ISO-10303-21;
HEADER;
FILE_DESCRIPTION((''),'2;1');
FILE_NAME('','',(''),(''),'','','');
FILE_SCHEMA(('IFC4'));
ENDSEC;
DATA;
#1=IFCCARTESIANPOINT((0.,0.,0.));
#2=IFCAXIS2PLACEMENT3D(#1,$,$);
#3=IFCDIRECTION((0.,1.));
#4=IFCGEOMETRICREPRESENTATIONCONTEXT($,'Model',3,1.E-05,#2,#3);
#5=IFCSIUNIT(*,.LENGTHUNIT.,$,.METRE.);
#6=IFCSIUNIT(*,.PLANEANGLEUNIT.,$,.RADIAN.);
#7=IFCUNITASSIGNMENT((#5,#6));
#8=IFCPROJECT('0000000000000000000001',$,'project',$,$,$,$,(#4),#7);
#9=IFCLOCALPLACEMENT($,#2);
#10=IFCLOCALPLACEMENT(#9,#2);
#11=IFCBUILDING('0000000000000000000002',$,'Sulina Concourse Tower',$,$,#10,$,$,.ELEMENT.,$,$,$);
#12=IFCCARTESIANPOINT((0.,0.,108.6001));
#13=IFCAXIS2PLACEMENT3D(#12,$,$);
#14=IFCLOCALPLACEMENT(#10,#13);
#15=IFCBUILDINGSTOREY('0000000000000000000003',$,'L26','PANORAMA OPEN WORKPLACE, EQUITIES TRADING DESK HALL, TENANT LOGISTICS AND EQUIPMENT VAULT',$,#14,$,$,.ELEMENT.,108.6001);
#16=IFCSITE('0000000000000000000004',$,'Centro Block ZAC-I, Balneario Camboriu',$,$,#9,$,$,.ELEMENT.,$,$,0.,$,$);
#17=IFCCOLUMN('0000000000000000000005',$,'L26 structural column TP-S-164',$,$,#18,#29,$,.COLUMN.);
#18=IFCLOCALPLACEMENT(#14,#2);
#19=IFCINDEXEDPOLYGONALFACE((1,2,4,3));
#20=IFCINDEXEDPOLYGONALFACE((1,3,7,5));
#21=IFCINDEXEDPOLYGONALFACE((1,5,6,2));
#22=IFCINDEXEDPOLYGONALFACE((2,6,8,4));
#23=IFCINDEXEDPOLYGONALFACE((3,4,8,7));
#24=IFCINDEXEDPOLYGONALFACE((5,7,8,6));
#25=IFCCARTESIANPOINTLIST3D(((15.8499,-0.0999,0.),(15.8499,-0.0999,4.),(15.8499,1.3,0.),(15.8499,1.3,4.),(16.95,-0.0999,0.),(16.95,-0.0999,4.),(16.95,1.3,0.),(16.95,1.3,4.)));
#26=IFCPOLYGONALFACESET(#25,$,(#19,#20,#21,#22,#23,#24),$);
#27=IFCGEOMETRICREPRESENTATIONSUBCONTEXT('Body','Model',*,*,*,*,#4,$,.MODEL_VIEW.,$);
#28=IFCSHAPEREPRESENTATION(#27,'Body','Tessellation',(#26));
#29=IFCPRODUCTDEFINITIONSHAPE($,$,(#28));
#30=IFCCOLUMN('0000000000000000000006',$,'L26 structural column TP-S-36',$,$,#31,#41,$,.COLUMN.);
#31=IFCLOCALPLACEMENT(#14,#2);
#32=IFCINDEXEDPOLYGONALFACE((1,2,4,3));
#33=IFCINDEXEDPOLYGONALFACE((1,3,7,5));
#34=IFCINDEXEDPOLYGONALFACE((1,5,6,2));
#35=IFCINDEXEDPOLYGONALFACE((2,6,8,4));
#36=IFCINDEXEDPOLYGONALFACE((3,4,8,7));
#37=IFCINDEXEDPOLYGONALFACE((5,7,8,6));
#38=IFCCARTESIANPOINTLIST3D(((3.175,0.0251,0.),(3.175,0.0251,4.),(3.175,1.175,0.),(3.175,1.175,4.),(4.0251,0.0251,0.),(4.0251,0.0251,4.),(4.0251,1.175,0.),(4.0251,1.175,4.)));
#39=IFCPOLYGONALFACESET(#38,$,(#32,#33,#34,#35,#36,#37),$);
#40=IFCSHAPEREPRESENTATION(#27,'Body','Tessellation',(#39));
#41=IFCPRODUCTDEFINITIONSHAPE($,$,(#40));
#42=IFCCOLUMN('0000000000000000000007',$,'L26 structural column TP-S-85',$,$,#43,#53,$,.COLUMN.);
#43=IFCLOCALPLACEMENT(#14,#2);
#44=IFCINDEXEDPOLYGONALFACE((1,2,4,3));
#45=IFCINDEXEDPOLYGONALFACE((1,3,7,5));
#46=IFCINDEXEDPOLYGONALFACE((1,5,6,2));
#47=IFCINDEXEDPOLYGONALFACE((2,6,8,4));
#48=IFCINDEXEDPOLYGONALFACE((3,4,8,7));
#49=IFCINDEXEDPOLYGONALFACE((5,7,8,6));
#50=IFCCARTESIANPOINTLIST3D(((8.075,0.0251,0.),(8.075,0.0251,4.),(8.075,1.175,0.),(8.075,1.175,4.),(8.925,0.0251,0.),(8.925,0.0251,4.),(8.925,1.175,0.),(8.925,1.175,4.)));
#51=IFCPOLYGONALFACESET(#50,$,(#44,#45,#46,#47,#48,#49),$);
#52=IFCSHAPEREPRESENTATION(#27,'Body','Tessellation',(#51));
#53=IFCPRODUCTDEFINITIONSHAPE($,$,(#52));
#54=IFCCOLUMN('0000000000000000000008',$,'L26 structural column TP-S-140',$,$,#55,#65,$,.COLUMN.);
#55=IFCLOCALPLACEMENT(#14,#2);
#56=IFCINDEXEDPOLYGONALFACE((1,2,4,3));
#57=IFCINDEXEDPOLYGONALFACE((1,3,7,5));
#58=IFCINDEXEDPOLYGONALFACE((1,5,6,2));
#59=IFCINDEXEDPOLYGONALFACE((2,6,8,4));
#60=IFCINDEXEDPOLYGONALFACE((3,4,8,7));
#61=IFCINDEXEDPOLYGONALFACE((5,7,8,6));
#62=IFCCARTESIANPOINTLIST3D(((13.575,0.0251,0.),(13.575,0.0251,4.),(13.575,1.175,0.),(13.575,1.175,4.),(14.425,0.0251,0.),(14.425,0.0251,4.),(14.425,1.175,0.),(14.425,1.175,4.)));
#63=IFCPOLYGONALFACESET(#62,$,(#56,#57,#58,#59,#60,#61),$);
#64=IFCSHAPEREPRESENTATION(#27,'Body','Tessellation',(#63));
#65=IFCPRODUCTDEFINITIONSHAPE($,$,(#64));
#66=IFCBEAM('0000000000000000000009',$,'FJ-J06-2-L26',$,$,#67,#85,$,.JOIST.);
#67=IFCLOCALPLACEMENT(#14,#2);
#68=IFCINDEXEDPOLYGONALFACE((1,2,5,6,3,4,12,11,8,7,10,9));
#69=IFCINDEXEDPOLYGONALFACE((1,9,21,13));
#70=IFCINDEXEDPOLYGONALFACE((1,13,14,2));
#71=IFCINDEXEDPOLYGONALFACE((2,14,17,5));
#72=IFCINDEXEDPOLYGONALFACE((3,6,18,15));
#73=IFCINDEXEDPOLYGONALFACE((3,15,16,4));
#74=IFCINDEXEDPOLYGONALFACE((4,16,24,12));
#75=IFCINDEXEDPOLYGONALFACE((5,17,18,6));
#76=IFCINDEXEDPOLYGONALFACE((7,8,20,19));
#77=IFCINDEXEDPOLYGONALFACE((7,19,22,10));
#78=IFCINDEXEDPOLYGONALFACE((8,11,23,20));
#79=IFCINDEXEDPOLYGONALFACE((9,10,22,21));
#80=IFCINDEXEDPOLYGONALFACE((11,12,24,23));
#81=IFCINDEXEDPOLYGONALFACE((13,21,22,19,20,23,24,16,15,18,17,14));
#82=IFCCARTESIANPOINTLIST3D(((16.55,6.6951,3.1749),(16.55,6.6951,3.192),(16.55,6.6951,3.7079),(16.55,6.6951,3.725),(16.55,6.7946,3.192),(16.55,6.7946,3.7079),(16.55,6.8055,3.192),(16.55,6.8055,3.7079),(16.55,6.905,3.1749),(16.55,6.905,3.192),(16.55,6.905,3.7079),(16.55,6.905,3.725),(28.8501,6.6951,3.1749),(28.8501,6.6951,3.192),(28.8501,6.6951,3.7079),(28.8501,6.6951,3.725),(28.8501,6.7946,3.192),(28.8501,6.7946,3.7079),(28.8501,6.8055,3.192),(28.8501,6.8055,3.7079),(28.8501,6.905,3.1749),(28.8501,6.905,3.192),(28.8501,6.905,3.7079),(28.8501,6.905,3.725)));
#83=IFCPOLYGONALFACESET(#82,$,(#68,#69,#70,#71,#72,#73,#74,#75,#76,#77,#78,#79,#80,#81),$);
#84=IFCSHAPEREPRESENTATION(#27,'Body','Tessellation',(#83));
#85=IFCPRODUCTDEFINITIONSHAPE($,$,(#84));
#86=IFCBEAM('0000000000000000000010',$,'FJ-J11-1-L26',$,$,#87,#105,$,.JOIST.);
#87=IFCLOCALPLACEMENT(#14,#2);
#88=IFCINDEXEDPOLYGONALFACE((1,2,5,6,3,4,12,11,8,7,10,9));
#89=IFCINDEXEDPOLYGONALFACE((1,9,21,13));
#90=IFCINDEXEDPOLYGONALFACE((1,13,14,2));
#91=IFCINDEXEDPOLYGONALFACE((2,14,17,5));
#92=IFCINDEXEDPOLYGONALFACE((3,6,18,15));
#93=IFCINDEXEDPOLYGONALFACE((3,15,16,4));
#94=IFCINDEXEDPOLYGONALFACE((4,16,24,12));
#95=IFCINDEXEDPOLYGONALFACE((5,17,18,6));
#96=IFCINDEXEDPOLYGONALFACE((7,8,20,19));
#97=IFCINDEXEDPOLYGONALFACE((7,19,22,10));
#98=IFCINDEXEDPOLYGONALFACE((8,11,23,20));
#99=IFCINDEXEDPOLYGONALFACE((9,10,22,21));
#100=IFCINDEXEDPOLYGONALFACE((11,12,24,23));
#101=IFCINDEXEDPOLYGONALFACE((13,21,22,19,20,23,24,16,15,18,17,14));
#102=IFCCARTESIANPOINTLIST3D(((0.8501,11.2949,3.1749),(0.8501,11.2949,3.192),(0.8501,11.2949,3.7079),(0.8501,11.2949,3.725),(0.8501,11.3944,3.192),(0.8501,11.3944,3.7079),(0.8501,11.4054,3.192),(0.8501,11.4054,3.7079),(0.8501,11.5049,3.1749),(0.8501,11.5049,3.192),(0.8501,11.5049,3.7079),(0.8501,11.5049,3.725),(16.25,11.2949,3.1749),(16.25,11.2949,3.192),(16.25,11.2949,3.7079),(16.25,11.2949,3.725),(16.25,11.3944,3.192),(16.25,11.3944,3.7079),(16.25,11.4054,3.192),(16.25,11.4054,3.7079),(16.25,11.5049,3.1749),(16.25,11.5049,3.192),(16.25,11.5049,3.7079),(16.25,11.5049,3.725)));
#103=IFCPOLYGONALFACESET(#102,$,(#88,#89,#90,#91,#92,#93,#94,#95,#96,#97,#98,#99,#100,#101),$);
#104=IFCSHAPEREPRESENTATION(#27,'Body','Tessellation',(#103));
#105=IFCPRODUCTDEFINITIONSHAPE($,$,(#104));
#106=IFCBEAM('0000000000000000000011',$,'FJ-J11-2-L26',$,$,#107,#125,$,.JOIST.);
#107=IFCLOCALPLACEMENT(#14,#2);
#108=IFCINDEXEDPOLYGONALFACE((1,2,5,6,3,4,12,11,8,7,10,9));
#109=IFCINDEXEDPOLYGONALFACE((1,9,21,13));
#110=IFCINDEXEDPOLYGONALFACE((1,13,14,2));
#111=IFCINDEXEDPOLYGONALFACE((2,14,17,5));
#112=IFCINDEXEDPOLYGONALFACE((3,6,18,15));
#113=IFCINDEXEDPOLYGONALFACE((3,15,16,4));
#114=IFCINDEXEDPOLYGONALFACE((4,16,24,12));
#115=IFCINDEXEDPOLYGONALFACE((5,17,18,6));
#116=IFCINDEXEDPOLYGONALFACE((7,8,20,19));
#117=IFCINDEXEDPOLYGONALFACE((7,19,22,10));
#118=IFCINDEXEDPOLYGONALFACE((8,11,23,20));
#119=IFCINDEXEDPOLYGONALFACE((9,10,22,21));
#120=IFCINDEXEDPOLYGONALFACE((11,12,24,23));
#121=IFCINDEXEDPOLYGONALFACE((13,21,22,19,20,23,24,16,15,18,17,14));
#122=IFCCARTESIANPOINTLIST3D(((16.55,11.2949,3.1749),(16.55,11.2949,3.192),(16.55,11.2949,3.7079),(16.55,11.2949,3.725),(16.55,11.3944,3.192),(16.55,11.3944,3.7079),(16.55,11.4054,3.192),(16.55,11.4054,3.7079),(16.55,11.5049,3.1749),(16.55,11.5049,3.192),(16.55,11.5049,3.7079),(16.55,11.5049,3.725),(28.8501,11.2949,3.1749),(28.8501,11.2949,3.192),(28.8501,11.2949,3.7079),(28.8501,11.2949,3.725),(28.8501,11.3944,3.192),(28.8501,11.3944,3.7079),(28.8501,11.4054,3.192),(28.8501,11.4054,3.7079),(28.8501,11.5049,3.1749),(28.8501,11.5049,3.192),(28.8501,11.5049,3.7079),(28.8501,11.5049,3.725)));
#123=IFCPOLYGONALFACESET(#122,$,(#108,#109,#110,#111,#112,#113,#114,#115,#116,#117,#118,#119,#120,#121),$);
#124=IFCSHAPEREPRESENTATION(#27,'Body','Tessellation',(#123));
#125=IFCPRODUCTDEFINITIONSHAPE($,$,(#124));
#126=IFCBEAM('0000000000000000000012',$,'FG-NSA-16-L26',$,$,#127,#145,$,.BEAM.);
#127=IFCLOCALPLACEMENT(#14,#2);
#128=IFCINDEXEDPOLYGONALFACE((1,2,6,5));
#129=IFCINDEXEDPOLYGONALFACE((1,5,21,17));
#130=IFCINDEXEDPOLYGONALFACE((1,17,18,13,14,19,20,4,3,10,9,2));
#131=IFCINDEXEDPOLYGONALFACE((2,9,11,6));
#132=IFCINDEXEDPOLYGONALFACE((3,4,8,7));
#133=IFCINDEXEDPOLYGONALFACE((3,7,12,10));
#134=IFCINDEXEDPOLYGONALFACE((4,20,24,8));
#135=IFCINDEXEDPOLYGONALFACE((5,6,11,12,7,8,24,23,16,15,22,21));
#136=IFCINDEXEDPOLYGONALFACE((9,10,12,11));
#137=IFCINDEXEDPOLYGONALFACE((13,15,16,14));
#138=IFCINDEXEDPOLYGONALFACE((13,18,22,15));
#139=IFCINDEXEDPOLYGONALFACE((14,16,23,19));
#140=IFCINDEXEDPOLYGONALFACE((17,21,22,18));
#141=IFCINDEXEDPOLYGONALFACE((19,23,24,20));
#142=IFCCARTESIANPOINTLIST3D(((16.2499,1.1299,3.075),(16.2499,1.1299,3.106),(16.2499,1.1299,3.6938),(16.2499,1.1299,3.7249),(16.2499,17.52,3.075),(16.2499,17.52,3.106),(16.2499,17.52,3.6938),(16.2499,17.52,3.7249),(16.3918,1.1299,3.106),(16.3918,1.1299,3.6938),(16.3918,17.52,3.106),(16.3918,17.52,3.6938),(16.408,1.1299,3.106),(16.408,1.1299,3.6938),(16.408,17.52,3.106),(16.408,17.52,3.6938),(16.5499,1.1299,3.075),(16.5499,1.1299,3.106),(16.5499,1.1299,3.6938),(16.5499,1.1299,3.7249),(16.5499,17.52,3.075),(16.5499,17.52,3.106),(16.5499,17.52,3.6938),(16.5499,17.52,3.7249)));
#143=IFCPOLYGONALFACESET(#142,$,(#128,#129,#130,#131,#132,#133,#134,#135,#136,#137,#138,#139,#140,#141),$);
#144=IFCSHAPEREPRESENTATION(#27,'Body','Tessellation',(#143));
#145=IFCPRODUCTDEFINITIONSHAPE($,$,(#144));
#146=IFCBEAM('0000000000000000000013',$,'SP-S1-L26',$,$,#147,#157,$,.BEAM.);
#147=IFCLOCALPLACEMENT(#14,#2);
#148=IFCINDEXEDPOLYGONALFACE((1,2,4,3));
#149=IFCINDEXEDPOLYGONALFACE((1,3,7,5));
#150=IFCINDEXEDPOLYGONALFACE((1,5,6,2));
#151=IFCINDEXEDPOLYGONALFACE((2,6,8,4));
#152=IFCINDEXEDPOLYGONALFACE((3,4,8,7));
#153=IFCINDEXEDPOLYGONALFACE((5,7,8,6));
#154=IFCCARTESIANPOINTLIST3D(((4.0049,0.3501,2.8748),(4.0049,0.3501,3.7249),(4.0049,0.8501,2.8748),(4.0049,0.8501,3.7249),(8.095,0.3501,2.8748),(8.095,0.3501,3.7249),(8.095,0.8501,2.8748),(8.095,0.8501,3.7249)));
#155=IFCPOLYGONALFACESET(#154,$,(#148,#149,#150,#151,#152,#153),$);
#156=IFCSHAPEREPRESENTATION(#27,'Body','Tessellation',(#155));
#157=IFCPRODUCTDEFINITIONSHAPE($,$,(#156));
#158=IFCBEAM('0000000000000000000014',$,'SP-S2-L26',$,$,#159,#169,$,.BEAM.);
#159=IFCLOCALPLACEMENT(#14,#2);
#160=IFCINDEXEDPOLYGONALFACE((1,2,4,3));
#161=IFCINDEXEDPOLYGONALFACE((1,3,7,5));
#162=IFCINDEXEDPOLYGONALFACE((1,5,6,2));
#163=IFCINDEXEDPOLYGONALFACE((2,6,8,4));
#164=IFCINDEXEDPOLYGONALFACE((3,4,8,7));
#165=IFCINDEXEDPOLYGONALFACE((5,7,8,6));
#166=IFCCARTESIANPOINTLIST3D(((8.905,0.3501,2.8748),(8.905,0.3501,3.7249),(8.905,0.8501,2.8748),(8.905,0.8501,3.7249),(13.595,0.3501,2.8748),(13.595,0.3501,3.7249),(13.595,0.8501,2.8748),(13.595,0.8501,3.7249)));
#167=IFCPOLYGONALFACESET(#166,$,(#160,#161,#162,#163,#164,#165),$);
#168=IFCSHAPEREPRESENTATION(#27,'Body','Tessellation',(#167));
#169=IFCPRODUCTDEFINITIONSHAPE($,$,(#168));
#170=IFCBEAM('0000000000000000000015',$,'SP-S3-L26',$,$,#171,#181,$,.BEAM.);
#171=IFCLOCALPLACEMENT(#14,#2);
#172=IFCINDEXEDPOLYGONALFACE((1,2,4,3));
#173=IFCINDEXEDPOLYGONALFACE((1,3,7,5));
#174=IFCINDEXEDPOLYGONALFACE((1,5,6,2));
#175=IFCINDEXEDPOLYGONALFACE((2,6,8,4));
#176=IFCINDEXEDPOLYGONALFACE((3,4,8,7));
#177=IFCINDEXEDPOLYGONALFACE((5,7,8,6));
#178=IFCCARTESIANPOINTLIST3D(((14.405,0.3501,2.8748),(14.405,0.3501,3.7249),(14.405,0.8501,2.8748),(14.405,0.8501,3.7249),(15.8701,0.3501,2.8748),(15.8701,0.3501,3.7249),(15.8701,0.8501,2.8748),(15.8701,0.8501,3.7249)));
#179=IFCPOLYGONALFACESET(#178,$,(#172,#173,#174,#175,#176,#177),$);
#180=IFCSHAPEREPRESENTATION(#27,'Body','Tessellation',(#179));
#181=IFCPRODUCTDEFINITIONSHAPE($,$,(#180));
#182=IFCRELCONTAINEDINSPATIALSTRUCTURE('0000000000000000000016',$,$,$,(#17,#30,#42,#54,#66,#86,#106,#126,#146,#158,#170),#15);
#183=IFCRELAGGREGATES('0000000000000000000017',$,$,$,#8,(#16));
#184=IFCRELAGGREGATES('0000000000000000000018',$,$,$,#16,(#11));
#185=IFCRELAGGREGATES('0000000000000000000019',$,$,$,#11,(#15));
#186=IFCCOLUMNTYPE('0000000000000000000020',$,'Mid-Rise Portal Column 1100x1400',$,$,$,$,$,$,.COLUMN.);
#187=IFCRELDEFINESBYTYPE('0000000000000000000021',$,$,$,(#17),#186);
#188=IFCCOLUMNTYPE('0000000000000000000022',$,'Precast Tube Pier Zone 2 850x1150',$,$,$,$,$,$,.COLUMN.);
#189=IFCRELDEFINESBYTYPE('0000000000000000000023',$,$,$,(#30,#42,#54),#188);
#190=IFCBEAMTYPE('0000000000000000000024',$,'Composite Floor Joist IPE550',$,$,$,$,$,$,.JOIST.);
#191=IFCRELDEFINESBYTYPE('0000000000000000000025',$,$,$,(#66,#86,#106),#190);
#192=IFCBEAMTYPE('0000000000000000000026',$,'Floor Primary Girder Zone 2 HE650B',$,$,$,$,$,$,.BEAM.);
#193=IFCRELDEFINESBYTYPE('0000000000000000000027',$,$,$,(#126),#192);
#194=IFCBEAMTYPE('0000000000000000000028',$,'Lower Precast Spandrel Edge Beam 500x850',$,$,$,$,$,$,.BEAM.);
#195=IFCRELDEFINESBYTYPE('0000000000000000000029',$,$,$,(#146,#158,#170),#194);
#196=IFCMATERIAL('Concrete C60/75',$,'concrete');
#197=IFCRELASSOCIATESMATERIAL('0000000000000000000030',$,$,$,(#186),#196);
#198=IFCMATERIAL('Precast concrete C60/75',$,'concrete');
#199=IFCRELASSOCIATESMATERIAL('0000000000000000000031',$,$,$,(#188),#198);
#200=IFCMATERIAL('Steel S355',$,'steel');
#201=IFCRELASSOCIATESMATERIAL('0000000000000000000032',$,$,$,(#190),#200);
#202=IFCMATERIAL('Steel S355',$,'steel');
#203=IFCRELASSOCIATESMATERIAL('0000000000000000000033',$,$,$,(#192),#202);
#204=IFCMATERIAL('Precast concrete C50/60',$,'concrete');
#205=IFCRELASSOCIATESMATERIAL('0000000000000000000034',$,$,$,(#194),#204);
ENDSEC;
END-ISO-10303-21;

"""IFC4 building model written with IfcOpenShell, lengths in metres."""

from ifc_helpers import new_model, si_unit, direction, frame, origin, origin_2d, place, context, subcontext, project, spatial, rectangle, i_section, extrude, material, material_profile, profile_set, type_object, element, save


model = new_model("IFC4")

# Units and contexts
model_context = context("Model", 3, precision=1e-05, world=origin(), true_north=direction((0.0, 1.0)))
body_context = subcontext(model_context, "Body", "Model", "MODEL_VIEW")
ifc_project = project(units=[si_unit("LENGTHUNIT", "METRE"), si_unit("PLANEANGLEUNIT", "RADIAN")], contexts=[model_context])

# Site, building, storey
site_placement = place(None, origin())
site = spatial("IfcSite", under=ifc_project, at=site_placement, Name="Centro Block ZAC-I, Balneario Camboriu", CompositionType="ELEMENT", RefElevation=0.0)
building_placement = place(site_placement, origin())
building = spatial("IfcBuilding", under=site, at=building_placement, Name="Sulina Concourse Tower", CompositionType="ELEMENT")
storey_placement = place(building_placement, frame((0.0, 0.0, 108.6001)))
storey = spatial("IfcBuildingStorey", under=building, at=storey_placement, Name="L26", Description="PANORAMA OPEN WORKPLACE, EQUITIES TRADING DESK HALL, TENANT LOGISTICS AND EQUIPMENT VAULT", CompositionType="ELEMENT", Elevation=108.6001)

# Columns
ifc_material_1 = material(Name="Concrete C60/75", Category="concrete")
ifc_material_profile_1 = material_profile(ifc_material_1, rectangle(XDim=1.1001, YDim=1.3999, at=origin_2d()), Name="RC 1100x1400")
ifc_profile_set_1 = profile_set([ifc_material_profile_1], Name="Concrete C60/75")
column_type_1 = type_object("IfcColumnType", Name="Mid-Rise Portal Column 1100x1400", PredefinedType="COLUMN", material=ifc_profile_set_1)
column_placement = place(storey_placement, frame((16.3999, 0.6001, 0.0), z_axis=(0.0, 0.0, 1.0), x_axis=(1.0, 0.0, 0.0)))
element("IfcColumn", 1, at=column_placement, inside=storey, type_object=column_type_1, Name="L26 structural column TP-S-164", PredefinedType="COLUMN", context=body_context, shape_type="SweptSolid", body=[
    extrude(rectangle(XDim=1.1001, YDim=1.3999, at=origin_2d()), origin(), (0.0, 0.0, 1.0), 4.0),
])
ifc_material_2 = material(Name="Precast concrete C60/75", Category="concrete")
ifc_material_profile_2 = material_profile(ifc_material_2, rectangle(XDim=0.8501, YDim=1.1499, at=origin_2d()), Name="PC 850x1150")
ifc_profile_set_2 = profile_set([ifc_material_profile_2], Name="Precast concrete C60/75")
column_type_2 = type_object("IfcColumnType", Name="Precast Tube Pier Zone 2 850x1150", PredefinedType="COLUMN", material=ifc_profile_set_2)
for number, where, z_axis, x_axis, name in (
    (2, (3.6001, 0.6001, 0.0), (0.0, 0.0, 1.0), (1.0, 0.0, 0.0), "L26 structural column TP-S-36"),
    (3, (8.5, 0.6001, 0.0), (0.0, 0.0, 1.0), (1.0, 0.0, 0.0), "L26 structural column TP-S-85"),
    (4, (14.0, 0.6001, 0.0), (0.0, 0.0, 1.0), (1.0, 0.0, 0.0), "L26 structural column TP-S-140"),
):
    element("IfcColumn", number, at=place(storey_placement, frame(where, z_axis=z_axis, x_axis=x_axis)), inside=storey, type_object=column_type_2, Name=name, PredefinedType="COLUMN", context=body_context, shape_type="SweptSolid", body=[
        extrude(rectangle(XDim=0.8501, YDim=1.1499, at=origin_2d()), origin(), (0.0, 0.0, 1.0), 4.0),
    ])

# Beams
ifc_material_3 = material(Name="Steel S355", Category="steel")
ifc_material_profile_3 = material_profile(ifc_material_3, i_section(OverallWidth=0.21, OverallDepth=0.55, WebThickness=0.011, FlangeThickness=0.0171, at=origin_2d()), Name="IPE 550")
ifc_profile_set_3 = profile_set([ifc_material_profile_3], Name="Steel S355")
beam_type_1 = type_object("IfcBeamType", Name="Composite Floor Joist IPE550", PredefinedType="JOIST", material=ifc_profile_set_3)
beam_1_placement = place(storey_placement, frame((16.55, 6.8, 3.45), z_axis=(1.0, 0.0, 0.0), x_axis=(0.0, 1.0, 0.0)))
element("IfcBeam", 5, at=beam_1_placement, inside=storey, type_object=beam_type_1, Name="FJ-J06-2-L26", PredefinedType="JOIST", context=body_context, shape_type="SweptSolid", body=[
    extrude(i_section(OverallWidth=0.21, OverallDepth=0.55, WebThickness=0.011, FlangeThickness=0.0171, at=origin_2d()), origin(), (0.0, 0.0, 1.0), 12.3),
])
beam_2_placement = place(storey_placement, frame((0.8501, 11.3999, 3.45), z_axis=(1.0, 0.0, 0.0), x_axis=(0.0, 1.0, 0.0)))
element("IfcBeam", 6, at=beam_2_placement, inside=storey, type_object=beam_type_1, Name="FJ-J11-1-L26", PredefinedType="JOIST", context=body_context, shape_type="SweptSolid", body=[
    extrude(i_section(OverallWidth=0.21, OverallDepth=0.55, WebThickness=0.011, FlangeThickness=0.0171, at=origin_2d()), origin(), (0.0, 0.0, 1.0), 15.3999),
])
beam_3_placement = place(storey_placement, frame((16.55, 11.3999, 3.45), z_axis=(1.0, 0.0, 0.0), x_axis=(0.0, 1.0, 0.0)))
element("IfcBeam", 7, at=beam_3_placement, inside=storey, type_object=beam_type_1, Name="FJ-J11-2-L26", PredefinedType="JOIST", context=body_context, shape_type="SweptSolid", body=[
    extrude(i_section(OverallWidth=0.21, OverallDepth=0.55, WebThickness=0.011, FlangeThickness=0.0171, at=origin_2d()), origin(), (0.0, 0.0, 1.0), 12.3),
])
ifc_material_4 = material(Name="Steel S355", Category="steel")
ifc_material_profile_4 = material_profile(ifc_material_4, i_section(OverallWidth=0.3, OverallDepth=0.6499, WebThickness=0.0161, FlangeThickness=0.031, at=origin_2d()), Name="HE 650 B")
ifc_profile_set_4 = profile_set([ifc_material_profile_4], Name="Steel S355")
beam_type_2 = type_object("IfcBeamType", Name="Floor Primary Girder Zone 2 HE650B", PredefinedType="BEAM", material=ifc_profile_set_4)
beam_4_placement = place(storey_placement, frame((16.3999, 1.1299, 3.3999), z_axis=(0.0, 1.0, 0.0), x_axis=(-1.0, 0.0, 0.0)))
element("IfcBeam", 8, at=beam_4_placement, inside=storey, type_object=beam_type_2, Name="FG-NSA-16-L26", PredefinedType="BEAM", context=body_context, shape_type="SweptSolid", body=[
    extrude(i_section(OverallWidth=0.3, OverallDepth=0.6499, WebThickness=0.0161, FlangeThickness=0.031, at=origin_2d()), origin(), (0.0, 0.0, 1.0), 16.3901),
])
ifc_material_5 = material(Name="Precast concrete C50/60", Category="concrete")
ifc_material_profile_5 = material_profile(ifc_material_5, rectangle(XDim=0.5, YDim=0.8501, at=origin_2d()), Name="RC 500x850")
ifc_profile_set_5 = profile_set([ifc_material_profile_5], Name="Precast concrete C50/60")
beam_type_3 = type_object("IfcBeamType", Name="Lower Precast Spandrel Edge Beam 500x850", PredefinedType="BEAM", material=ifc_profile_set_5)
beam_5_placement = place(storey_placement, frame((4.0049, 0.6001, 3.2998), z_axis=(1.0, 0.0, 0.0), x_axis=(0.0, 1.0, 0.0)))
element("IfcBeam", 9, at=beam_5_placement, inside=storey, type_object=beam_type_3, Name="SP-S1-L26", PredefinedType="BEAM", context=body_context, shape_type="SweptSolid", body=[
    extrude(rectangle(XDim=0.5, YDim=0.8501, at=origin_2d()), origin(), (0.0, 0.0, 1.0), 4.0901),
])
beam_6_placement = place(storey_placement, frame((8.905, 0.6001, 3.2998), z_axis=(1.0, 0.0, 0.0), x_axis=(0.0, 1.0, 0.0)))
element("IfcBeam", 10, at=beam_6_placement, inside=storey, type_object=beam_type_3, Name="SP-S2-L26", PredefinedType="BEAM", context=body_context, shape_type="SweptSolid", body=[
    extrude(rectangle(XDim=0.5, YDim=0.8501, at=origin_2d()), origin(), (0.0, 0.0, 1.0), 4.6899),
])
beam_7_placement = place(storey_placement, frame((14.405, 0.6001, 3.2998), z_axis=(1.0, 0.0, 0.0), x_axis=(0.0, 1.0, 0.0)))
element("IfcBeam", 11, at=beam_7_placement, inside=storey, type_object=beam_type_3, Name="SP-S3-L26", PredefinedType="BEAM", context=body_context, shape_type="SweptSolid", body=[
    extrude(rectangle(XDim=0.5, YDim=0.8501, at=origin_2d()), origin(), (0.0, 0.0, 1.0), 1.4651),
])

save(model, "model.ifc")
